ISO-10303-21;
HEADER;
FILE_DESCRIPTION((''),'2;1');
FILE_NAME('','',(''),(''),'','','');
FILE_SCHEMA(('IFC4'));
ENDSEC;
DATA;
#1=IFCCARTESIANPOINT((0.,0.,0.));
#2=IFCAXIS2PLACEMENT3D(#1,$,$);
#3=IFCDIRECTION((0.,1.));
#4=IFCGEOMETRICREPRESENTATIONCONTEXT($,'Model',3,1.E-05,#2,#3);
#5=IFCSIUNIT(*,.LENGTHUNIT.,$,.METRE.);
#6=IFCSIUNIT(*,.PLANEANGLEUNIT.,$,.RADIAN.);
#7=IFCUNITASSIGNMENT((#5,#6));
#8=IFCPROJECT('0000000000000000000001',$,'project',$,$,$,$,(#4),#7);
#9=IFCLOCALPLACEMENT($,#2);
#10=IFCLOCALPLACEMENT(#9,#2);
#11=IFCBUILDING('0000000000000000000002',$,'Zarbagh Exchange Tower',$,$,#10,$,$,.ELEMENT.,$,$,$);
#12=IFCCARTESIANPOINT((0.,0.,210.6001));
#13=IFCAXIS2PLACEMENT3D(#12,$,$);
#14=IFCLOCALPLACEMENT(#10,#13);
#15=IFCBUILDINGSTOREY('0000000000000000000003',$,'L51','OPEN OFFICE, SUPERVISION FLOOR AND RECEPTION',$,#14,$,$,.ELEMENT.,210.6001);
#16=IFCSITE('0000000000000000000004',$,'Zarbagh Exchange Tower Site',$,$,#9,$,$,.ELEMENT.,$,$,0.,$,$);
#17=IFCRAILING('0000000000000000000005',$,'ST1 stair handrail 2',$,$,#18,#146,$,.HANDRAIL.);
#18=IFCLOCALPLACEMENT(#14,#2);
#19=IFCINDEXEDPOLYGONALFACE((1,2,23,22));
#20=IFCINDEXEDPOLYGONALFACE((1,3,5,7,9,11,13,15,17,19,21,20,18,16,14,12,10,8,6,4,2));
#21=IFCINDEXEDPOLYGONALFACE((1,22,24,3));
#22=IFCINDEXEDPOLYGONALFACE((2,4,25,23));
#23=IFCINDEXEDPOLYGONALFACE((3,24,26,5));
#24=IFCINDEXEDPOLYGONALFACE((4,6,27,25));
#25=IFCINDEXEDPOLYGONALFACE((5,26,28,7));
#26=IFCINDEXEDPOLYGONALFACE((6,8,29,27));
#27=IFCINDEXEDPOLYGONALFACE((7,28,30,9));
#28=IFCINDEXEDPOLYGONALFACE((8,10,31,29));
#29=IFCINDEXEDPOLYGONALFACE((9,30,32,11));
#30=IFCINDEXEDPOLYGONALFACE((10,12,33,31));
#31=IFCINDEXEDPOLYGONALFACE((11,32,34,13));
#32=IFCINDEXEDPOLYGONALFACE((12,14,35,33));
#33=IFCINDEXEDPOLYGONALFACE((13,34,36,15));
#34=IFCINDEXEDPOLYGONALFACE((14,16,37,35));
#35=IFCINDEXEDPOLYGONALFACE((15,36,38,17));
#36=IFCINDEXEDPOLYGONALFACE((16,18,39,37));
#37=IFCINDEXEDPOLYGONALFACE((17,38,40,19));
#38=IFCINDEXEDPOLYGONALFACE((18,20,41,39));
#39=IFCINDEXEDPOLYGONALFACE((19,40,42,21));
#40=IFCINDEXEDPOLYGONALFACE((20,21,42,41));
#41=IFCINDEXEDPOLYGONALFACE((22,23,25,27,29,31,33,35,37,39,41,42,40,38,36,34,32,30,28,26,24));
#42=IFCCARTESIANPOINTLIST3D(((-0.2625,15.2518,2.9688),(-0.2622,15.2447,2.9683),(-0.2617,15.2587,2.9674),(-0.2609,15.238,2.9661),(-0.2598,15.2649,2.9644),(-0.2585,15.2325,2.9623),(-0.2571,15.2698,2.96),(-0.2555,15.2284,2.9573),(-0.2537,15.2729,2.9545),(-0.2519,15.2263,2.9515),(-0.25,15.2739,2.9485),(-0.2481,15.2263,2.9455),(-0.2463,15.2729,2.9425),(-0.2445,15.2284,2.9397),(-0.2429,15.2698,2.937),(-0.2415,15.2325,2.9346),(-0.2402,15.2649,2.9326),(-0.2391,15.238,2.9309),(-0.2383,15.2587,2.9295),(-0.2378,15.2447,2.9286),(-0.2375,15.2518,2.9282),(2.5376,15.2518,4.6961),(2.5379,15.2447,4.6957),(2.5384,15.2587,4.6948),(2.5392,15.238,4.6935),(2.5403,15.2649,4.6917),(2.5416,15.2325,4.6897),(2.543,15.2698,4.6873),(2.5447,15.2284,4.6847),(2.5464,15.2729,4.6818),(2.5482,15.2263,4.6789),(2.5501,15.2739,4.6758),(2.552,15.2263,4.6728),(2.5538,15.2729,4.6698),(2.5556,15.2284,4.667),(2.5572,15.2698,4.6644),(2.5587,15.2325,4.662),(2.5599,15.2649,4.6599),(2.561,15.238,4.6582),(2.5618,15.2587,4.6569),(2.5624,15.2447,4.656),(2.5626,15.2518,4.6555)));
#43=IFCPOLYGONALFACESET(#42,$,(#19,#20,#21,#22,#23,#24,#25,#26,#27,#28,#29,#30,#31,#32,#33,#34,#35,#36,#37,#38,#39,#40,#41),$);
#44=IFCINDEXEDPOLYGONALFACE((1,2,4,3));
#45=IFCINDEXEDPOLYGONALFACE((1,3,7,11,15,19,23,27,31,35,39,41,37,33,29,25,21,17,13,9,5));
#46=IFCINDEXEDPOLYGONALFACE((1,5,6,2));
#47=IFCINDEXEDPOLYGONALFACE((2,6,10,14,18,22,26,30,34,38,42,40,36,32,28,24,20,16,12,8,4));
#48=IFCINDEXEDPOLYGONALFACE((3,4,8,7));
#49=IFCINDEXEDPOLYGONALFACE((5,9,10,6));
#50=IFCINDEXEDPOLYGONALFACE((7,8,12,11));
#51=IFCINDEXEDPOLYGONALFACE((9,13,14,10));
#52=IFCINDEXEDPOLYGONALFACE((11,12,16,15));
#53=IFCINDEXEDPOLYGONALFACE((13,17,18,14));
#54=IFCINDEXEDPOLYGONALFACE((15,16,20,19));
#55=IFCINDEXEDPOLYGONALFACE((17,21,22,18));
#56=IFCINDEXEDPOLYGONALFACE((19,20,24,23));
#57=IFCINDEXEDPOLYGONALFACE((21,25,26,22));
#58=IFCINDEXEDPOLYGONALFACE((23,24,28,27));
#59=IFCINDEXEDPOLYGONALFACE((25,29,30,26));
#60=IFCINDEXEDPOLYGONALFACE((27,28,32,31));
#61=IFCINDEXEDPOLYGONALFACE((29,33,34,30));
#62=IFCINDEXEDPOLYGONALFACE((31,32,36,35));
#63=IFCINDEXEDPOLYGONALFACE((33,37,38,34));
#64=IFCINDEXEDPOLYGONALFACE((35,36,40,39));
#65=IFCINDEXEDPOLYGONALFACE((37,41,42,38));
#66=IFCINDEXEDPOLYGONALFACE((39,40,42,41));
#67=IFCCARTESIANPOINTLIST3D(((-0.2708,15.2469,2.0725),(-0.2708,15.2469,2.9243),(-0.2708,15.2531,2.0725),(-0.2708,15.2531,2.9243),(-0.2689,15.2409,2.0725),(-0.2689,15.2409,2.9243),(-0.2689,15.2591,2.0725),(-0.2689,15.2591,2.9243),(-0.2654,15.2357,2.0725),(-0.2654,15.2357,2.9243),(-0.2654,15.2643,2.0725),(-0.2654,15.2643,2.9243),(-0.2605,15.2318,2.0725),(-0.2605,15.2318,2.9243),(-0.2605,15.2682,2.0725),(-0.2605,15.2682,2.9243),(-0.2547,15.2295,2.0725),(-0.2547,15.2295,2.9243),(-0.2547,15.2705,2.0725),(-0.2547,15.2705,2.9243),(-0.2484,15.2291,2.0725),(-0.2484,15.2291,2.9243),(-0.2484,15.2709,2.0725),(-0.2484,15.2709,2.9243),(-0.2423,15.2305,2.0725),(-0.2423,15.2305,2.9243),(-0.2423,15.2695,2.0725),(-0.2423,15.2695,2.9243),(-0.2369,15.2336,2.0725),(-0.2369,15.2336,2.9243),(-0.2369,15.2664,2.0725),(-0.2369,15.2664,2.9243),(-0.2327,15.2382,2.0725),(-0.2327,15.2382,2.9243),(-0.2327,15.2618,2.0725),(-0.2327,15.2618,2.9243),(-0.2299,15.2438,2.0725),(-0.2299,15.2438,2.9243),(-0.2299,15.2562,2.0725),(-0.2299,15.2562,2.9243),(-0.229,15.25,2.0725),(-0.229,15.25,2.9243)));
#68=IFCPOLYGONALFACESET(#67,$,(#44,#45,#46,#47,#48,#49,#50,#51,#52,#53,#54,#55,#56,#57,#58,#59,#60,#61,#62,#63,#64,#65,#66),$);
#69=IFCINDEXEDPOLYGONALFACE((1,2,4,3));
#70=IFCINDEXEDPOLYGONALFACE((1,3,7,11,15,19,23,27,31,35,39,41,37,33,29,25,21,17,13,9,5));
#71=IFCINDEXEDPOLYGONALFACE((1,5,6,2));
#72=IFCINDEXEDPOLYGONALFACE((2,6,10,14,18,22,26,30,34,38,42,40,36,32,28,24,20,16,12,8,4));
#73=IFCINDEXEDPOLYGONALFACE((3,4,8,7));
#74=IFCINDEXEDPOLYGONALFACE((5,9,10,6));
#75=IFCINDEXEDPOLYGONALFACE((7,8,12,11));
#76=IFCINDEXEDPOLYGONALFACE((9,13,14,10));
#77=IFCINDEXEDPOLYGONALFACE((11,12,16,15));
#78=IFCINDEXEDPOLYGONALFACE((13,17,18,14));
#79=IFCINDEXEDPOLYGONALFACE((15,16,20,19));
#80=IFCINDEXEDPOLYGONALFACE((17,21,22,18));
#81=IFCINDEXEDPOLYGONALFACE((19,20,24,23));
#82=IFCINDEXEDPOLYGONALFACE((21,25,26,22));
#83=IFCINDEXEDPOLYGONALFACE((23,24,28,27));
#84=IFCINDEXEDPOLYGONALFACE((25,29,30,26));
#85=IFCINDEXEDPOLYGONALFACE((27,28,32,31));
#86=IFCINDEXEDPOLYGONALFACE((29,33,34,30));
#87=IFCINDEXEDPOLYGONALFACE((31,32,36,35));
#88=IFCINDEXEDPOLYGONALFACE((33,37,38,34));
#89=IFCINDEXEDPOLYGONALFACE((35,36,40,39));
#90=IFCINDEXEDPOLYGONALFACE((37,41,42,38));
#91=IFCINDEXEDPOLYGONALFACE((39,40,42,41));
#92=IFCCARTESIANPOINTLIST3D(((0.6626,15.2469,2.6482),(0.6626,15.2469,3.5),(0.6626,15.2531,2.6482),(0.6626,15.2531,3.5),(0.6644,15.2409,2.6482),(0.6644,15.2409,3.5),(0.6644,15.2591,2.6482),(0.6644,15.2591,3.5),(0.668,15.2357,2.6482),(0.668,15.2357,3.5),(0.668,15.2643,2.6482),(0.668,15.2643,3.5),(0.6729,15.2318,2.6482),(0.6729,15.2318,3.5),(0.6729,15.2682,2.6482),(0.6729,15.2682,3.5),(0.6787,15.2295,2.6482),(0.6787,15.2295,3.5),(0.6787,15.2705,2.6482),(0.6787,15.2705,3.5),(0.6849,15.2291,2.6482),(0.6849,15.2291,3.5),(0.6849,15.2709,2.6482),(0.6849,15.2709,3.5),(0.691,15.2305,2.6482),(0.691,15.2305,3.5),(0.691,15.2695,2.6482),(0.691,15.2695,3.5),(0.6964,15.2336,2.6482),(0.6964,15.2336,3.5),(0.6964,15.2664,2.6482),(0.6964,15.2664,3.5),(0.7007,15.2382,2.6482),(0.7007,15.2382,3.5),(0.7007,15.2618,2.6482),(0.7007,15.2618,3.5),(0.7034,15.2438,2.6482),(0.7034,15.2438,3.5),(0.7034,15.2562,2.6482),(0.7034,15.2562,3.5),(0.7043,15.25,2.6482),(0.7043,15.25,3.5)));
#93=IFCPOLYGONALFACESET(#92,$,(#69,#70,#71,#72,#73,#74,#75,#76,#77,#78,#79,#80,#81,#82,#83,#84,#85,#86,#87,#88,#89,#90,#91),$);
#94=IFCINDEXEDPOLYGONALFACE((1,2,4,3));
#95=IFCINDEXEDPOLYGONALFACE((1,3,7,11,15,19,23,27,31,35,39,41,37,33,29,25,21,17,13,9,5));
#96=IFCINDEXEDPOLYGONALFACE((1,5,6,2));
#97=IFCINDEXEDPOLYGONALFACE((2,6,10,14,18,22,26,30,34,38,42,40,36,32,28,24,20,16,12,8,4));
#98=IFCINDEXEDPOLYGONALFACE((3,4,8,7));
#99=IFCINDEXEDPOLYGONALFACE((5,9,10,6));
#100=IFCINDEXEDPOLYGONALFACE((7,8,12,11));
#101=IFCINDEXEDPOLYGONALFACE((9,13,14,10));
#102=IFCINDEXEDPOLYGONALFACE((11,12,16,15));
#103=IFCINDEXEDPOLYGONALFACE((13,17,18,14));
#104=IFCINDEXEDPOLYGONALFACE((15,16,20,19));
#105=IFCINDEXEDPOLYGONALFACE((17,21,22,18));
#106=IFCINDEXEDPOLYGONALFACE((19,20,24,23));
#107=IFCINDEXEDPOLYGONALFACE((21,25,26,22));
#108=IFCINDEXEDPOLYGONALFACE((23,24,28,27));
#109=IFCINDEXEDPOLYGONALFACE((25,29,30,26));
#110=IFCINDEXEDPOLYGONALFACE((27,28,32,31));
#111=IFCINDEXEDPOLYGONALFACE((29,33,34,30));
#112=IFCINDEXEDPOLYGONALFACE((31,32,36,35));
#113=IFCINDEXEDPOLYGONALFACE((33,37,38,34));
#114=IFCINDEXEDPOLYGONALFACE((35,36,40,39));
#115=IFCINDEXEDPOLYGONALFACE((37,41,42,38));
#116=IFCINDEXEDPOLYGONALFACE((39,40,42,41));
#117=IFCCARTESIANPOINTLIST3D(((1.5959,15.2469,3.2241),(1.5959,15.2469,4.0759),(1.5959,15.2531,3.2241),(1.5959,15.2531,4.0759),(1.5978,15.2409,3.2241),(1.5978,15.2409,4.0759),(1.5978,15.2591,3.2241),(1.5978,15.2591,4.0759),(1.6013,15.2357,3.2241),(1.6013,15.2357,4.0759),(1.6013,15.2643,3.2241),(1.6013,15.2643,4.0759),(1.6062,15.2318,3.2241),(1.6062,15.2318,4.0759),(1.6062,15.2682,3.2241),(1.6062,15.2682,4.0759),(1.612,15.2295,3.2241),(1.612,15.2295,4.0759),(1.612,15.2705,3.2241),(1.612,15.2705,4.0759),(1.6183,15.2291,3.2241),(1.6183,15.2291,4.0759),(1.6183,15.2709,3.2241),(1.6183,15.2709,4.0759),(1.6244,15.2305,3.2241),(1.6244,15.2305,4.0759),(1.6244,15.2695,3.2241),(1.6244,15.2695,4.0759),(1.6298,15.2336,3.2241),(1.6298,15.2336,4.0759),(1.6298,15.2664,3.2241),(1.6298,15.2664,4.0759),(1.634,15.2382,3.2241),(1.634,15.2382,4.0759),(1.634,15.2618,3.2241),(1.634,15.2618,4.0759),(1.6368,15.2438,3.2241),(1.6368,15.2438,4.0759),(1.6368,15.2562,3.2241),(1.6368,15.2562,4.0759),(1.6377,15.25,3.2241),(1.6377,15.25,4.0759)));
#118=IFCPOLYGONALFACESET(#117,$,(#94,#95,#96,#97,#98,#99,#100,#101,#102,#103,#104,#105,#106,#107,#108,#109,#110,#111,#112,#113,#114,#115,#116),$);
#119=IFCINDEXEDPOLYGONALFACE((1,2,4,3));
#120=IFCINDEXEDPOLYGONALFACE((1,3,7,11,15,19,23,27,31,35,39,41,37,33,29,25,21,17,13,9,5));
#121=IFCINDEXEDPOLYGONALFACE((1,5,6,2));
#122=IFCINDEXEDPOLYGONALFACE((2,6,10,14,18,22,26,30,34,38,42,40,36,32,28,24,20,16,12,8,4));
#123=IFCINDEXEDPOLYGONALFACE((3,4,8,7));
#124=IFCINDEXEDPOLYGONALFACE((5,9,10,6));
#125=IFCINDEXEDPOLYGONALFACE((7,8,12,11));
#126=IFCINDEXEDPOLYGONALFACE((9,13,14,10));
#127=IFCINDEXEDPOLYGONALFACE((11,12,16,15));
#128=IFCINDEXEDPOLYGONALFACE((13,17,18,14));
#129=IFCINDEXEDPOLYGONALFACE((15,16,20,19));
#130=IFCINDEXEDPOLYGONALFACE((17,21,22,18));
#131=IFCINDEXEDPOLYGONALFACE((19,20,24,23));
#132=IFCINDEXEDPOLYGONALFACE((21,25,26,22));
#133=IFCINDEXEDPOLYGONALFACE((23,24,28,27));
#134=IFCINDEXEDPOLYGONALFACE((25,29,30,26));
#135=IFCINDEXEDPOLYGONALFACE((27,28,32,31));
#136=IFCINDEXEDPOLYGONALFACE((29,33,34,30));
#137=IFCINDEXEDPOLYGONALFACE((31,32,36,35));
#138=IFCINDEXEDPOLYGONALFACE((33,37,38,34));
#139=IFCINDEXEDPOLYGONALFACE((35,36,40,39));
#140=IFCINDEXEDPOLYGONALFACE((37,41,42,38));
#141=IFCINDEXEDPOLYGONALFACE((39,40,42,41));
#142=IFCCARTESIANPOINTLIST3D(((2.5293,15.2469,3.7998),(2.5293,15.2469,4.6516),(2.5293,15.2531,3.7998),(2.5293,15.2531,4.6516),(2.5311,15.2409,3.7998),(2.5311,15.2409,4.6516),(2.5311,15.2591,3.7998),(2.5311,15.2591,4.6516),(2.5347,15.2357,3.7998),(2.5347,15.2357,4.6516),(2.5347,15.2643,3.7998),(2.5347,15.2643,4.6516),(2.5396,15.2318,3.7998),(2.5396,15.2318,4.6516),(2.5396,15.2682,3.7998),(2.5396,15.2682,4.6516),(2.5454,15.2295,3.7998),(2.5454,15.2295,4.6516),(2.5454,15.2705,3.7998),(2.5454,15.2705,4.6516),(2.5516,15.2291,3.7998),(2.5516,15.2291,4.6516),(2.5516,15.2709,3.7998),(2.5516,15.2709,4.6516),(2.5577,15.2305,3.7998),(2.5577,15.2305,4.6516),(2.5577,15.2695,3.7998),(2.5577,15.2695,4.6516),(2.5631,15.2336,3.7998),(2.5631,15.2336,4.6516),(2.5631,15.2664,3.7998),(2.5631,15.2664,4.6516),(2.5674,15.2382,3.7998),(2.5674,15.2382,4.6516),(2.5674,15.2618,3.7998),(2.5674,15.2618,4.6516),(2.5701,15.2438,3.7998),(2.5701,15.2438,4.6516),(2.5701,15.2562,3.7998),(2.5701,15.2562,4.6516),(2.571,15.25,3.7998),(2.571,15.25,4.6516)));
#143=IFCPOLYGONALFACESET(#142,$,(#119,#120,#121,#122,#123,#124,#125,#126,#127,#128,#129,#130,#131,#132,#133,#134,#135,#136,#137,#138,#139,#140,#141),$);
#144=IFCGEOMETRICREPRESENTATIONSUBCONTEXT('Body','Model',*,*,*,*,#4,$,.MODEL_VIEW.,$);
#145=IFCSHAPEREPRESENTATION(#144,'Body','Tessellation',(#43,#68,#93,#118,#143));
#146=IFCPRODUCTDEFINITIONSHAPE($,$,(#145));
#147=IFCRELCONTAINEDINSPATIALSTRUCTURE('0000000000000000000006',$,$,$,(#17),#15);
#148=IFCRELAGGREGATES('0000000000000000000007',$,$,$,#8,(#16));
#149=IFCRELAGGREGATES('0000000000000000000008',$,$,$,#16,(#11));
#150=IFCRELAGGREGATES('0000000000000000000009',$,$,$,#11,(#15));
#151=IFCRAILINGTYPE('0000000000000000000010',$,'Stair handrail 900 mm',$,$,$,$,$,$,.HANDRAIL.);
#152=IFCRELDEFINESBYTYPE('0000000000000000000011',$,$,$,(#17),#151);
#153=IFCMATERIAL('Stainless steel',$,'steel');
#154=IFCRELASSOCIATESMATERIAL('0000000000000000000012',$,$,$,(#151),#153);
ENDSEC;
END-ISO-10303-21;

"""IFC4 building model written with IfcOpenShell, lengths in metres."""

from ifc_helpers import new_model, si_unit, direction, frame, origin, origin_2d, place, context, subcontext, project, spatial, circle, extrude, material, type_object, element, save


model = new_model("IFC4")

# Units and contexts
model_context = context("Model", 3, precision=1e-05, world=origin(), true_north=direction((0.0, 1.0)))
body_context = subcontext(model_context, "Body", "Model", "MODEL_VIEW")
ifc_project = project(units=[si_unit("LENGTHUNIT", "METRE"), si_unit("PLANEANGLEUNIT", "RADIAN")], contexts=[model_context])

# Site, building, storey
site_placement = place(None, origin())
site = spatial("IfcSite", under=ifc_project, at=site_placement, Name="Zarbagh Exchange Tower Site", CompositionType="ELEMENT", RefElevation=0.0)
building_placement = place(site_placement, origin())
building = spatial("IfcBuilding", under=site, at=building_placement, Name="Zarbagh Exchange Tower", CompositionType="ELEMENT")
storey_placement = place(building_placement, frame((0.0, 0.0, 210.6001)))
storey = spatial("IfcBuildingStorey", under=building, at=storey_placement, Name="L51", Description="OPEN OFFICE, SUPERVISION FLOOR AND RECEPTION", CompositionType="ELEMENT", Elevation=210.6001)

# Railing
ifc_material_1 = material(Name="Stainless steel", Category="steel")
railing_type = type_object("IfcRailingType", Name="Stair handrail 900 mm", PredefinedType="HANDRAIL", material=ifc_material_1)
railing_placement = place(storey_placement, frame((-0.25, 15.25, 2.0725)))
element("IfcRailing", 1, at=railing_placement, inside=storey, type_object=railing_type, Name="ST1 stair handrail 2", PredefinedType="HANDRAIL", context=body_context, shape_type="SweptSolid", body=[
    extrude(circle(Radius=0.0239, at=origin_2d()), frame((0.0, 0.0, 0.876), z_axis=(0.85109, 0.0, 0.52502), x_axis=(0.0, 1.0, 0.0)), (0.0, 0.0, 1.0), 3.29),
    extrude(circle(Radius=0.021, at=origin_2d()), origin(), (0.0, 0.0, 1.0), 0.8518),
    extrude(circle(Radius=0.021, at=origin_2d()), frame((0.9333, 0.0, 0.5757)), (0.0, 0.0, 1.0), 0.8518),
    extrude(circle(Radius=0.021, at=origin_2d()), frame((1.8667, 0.0, 1.1516)), (0.0, 0.0, 1.0), 0.8518),
    extrude(circle(Radius=0.021, at=origin_2d()), frame((2.8, 0.0, 1.7273)), (0.0, 0.0, 1.0), 0.8518),
])

save(model, "model.ifc")
